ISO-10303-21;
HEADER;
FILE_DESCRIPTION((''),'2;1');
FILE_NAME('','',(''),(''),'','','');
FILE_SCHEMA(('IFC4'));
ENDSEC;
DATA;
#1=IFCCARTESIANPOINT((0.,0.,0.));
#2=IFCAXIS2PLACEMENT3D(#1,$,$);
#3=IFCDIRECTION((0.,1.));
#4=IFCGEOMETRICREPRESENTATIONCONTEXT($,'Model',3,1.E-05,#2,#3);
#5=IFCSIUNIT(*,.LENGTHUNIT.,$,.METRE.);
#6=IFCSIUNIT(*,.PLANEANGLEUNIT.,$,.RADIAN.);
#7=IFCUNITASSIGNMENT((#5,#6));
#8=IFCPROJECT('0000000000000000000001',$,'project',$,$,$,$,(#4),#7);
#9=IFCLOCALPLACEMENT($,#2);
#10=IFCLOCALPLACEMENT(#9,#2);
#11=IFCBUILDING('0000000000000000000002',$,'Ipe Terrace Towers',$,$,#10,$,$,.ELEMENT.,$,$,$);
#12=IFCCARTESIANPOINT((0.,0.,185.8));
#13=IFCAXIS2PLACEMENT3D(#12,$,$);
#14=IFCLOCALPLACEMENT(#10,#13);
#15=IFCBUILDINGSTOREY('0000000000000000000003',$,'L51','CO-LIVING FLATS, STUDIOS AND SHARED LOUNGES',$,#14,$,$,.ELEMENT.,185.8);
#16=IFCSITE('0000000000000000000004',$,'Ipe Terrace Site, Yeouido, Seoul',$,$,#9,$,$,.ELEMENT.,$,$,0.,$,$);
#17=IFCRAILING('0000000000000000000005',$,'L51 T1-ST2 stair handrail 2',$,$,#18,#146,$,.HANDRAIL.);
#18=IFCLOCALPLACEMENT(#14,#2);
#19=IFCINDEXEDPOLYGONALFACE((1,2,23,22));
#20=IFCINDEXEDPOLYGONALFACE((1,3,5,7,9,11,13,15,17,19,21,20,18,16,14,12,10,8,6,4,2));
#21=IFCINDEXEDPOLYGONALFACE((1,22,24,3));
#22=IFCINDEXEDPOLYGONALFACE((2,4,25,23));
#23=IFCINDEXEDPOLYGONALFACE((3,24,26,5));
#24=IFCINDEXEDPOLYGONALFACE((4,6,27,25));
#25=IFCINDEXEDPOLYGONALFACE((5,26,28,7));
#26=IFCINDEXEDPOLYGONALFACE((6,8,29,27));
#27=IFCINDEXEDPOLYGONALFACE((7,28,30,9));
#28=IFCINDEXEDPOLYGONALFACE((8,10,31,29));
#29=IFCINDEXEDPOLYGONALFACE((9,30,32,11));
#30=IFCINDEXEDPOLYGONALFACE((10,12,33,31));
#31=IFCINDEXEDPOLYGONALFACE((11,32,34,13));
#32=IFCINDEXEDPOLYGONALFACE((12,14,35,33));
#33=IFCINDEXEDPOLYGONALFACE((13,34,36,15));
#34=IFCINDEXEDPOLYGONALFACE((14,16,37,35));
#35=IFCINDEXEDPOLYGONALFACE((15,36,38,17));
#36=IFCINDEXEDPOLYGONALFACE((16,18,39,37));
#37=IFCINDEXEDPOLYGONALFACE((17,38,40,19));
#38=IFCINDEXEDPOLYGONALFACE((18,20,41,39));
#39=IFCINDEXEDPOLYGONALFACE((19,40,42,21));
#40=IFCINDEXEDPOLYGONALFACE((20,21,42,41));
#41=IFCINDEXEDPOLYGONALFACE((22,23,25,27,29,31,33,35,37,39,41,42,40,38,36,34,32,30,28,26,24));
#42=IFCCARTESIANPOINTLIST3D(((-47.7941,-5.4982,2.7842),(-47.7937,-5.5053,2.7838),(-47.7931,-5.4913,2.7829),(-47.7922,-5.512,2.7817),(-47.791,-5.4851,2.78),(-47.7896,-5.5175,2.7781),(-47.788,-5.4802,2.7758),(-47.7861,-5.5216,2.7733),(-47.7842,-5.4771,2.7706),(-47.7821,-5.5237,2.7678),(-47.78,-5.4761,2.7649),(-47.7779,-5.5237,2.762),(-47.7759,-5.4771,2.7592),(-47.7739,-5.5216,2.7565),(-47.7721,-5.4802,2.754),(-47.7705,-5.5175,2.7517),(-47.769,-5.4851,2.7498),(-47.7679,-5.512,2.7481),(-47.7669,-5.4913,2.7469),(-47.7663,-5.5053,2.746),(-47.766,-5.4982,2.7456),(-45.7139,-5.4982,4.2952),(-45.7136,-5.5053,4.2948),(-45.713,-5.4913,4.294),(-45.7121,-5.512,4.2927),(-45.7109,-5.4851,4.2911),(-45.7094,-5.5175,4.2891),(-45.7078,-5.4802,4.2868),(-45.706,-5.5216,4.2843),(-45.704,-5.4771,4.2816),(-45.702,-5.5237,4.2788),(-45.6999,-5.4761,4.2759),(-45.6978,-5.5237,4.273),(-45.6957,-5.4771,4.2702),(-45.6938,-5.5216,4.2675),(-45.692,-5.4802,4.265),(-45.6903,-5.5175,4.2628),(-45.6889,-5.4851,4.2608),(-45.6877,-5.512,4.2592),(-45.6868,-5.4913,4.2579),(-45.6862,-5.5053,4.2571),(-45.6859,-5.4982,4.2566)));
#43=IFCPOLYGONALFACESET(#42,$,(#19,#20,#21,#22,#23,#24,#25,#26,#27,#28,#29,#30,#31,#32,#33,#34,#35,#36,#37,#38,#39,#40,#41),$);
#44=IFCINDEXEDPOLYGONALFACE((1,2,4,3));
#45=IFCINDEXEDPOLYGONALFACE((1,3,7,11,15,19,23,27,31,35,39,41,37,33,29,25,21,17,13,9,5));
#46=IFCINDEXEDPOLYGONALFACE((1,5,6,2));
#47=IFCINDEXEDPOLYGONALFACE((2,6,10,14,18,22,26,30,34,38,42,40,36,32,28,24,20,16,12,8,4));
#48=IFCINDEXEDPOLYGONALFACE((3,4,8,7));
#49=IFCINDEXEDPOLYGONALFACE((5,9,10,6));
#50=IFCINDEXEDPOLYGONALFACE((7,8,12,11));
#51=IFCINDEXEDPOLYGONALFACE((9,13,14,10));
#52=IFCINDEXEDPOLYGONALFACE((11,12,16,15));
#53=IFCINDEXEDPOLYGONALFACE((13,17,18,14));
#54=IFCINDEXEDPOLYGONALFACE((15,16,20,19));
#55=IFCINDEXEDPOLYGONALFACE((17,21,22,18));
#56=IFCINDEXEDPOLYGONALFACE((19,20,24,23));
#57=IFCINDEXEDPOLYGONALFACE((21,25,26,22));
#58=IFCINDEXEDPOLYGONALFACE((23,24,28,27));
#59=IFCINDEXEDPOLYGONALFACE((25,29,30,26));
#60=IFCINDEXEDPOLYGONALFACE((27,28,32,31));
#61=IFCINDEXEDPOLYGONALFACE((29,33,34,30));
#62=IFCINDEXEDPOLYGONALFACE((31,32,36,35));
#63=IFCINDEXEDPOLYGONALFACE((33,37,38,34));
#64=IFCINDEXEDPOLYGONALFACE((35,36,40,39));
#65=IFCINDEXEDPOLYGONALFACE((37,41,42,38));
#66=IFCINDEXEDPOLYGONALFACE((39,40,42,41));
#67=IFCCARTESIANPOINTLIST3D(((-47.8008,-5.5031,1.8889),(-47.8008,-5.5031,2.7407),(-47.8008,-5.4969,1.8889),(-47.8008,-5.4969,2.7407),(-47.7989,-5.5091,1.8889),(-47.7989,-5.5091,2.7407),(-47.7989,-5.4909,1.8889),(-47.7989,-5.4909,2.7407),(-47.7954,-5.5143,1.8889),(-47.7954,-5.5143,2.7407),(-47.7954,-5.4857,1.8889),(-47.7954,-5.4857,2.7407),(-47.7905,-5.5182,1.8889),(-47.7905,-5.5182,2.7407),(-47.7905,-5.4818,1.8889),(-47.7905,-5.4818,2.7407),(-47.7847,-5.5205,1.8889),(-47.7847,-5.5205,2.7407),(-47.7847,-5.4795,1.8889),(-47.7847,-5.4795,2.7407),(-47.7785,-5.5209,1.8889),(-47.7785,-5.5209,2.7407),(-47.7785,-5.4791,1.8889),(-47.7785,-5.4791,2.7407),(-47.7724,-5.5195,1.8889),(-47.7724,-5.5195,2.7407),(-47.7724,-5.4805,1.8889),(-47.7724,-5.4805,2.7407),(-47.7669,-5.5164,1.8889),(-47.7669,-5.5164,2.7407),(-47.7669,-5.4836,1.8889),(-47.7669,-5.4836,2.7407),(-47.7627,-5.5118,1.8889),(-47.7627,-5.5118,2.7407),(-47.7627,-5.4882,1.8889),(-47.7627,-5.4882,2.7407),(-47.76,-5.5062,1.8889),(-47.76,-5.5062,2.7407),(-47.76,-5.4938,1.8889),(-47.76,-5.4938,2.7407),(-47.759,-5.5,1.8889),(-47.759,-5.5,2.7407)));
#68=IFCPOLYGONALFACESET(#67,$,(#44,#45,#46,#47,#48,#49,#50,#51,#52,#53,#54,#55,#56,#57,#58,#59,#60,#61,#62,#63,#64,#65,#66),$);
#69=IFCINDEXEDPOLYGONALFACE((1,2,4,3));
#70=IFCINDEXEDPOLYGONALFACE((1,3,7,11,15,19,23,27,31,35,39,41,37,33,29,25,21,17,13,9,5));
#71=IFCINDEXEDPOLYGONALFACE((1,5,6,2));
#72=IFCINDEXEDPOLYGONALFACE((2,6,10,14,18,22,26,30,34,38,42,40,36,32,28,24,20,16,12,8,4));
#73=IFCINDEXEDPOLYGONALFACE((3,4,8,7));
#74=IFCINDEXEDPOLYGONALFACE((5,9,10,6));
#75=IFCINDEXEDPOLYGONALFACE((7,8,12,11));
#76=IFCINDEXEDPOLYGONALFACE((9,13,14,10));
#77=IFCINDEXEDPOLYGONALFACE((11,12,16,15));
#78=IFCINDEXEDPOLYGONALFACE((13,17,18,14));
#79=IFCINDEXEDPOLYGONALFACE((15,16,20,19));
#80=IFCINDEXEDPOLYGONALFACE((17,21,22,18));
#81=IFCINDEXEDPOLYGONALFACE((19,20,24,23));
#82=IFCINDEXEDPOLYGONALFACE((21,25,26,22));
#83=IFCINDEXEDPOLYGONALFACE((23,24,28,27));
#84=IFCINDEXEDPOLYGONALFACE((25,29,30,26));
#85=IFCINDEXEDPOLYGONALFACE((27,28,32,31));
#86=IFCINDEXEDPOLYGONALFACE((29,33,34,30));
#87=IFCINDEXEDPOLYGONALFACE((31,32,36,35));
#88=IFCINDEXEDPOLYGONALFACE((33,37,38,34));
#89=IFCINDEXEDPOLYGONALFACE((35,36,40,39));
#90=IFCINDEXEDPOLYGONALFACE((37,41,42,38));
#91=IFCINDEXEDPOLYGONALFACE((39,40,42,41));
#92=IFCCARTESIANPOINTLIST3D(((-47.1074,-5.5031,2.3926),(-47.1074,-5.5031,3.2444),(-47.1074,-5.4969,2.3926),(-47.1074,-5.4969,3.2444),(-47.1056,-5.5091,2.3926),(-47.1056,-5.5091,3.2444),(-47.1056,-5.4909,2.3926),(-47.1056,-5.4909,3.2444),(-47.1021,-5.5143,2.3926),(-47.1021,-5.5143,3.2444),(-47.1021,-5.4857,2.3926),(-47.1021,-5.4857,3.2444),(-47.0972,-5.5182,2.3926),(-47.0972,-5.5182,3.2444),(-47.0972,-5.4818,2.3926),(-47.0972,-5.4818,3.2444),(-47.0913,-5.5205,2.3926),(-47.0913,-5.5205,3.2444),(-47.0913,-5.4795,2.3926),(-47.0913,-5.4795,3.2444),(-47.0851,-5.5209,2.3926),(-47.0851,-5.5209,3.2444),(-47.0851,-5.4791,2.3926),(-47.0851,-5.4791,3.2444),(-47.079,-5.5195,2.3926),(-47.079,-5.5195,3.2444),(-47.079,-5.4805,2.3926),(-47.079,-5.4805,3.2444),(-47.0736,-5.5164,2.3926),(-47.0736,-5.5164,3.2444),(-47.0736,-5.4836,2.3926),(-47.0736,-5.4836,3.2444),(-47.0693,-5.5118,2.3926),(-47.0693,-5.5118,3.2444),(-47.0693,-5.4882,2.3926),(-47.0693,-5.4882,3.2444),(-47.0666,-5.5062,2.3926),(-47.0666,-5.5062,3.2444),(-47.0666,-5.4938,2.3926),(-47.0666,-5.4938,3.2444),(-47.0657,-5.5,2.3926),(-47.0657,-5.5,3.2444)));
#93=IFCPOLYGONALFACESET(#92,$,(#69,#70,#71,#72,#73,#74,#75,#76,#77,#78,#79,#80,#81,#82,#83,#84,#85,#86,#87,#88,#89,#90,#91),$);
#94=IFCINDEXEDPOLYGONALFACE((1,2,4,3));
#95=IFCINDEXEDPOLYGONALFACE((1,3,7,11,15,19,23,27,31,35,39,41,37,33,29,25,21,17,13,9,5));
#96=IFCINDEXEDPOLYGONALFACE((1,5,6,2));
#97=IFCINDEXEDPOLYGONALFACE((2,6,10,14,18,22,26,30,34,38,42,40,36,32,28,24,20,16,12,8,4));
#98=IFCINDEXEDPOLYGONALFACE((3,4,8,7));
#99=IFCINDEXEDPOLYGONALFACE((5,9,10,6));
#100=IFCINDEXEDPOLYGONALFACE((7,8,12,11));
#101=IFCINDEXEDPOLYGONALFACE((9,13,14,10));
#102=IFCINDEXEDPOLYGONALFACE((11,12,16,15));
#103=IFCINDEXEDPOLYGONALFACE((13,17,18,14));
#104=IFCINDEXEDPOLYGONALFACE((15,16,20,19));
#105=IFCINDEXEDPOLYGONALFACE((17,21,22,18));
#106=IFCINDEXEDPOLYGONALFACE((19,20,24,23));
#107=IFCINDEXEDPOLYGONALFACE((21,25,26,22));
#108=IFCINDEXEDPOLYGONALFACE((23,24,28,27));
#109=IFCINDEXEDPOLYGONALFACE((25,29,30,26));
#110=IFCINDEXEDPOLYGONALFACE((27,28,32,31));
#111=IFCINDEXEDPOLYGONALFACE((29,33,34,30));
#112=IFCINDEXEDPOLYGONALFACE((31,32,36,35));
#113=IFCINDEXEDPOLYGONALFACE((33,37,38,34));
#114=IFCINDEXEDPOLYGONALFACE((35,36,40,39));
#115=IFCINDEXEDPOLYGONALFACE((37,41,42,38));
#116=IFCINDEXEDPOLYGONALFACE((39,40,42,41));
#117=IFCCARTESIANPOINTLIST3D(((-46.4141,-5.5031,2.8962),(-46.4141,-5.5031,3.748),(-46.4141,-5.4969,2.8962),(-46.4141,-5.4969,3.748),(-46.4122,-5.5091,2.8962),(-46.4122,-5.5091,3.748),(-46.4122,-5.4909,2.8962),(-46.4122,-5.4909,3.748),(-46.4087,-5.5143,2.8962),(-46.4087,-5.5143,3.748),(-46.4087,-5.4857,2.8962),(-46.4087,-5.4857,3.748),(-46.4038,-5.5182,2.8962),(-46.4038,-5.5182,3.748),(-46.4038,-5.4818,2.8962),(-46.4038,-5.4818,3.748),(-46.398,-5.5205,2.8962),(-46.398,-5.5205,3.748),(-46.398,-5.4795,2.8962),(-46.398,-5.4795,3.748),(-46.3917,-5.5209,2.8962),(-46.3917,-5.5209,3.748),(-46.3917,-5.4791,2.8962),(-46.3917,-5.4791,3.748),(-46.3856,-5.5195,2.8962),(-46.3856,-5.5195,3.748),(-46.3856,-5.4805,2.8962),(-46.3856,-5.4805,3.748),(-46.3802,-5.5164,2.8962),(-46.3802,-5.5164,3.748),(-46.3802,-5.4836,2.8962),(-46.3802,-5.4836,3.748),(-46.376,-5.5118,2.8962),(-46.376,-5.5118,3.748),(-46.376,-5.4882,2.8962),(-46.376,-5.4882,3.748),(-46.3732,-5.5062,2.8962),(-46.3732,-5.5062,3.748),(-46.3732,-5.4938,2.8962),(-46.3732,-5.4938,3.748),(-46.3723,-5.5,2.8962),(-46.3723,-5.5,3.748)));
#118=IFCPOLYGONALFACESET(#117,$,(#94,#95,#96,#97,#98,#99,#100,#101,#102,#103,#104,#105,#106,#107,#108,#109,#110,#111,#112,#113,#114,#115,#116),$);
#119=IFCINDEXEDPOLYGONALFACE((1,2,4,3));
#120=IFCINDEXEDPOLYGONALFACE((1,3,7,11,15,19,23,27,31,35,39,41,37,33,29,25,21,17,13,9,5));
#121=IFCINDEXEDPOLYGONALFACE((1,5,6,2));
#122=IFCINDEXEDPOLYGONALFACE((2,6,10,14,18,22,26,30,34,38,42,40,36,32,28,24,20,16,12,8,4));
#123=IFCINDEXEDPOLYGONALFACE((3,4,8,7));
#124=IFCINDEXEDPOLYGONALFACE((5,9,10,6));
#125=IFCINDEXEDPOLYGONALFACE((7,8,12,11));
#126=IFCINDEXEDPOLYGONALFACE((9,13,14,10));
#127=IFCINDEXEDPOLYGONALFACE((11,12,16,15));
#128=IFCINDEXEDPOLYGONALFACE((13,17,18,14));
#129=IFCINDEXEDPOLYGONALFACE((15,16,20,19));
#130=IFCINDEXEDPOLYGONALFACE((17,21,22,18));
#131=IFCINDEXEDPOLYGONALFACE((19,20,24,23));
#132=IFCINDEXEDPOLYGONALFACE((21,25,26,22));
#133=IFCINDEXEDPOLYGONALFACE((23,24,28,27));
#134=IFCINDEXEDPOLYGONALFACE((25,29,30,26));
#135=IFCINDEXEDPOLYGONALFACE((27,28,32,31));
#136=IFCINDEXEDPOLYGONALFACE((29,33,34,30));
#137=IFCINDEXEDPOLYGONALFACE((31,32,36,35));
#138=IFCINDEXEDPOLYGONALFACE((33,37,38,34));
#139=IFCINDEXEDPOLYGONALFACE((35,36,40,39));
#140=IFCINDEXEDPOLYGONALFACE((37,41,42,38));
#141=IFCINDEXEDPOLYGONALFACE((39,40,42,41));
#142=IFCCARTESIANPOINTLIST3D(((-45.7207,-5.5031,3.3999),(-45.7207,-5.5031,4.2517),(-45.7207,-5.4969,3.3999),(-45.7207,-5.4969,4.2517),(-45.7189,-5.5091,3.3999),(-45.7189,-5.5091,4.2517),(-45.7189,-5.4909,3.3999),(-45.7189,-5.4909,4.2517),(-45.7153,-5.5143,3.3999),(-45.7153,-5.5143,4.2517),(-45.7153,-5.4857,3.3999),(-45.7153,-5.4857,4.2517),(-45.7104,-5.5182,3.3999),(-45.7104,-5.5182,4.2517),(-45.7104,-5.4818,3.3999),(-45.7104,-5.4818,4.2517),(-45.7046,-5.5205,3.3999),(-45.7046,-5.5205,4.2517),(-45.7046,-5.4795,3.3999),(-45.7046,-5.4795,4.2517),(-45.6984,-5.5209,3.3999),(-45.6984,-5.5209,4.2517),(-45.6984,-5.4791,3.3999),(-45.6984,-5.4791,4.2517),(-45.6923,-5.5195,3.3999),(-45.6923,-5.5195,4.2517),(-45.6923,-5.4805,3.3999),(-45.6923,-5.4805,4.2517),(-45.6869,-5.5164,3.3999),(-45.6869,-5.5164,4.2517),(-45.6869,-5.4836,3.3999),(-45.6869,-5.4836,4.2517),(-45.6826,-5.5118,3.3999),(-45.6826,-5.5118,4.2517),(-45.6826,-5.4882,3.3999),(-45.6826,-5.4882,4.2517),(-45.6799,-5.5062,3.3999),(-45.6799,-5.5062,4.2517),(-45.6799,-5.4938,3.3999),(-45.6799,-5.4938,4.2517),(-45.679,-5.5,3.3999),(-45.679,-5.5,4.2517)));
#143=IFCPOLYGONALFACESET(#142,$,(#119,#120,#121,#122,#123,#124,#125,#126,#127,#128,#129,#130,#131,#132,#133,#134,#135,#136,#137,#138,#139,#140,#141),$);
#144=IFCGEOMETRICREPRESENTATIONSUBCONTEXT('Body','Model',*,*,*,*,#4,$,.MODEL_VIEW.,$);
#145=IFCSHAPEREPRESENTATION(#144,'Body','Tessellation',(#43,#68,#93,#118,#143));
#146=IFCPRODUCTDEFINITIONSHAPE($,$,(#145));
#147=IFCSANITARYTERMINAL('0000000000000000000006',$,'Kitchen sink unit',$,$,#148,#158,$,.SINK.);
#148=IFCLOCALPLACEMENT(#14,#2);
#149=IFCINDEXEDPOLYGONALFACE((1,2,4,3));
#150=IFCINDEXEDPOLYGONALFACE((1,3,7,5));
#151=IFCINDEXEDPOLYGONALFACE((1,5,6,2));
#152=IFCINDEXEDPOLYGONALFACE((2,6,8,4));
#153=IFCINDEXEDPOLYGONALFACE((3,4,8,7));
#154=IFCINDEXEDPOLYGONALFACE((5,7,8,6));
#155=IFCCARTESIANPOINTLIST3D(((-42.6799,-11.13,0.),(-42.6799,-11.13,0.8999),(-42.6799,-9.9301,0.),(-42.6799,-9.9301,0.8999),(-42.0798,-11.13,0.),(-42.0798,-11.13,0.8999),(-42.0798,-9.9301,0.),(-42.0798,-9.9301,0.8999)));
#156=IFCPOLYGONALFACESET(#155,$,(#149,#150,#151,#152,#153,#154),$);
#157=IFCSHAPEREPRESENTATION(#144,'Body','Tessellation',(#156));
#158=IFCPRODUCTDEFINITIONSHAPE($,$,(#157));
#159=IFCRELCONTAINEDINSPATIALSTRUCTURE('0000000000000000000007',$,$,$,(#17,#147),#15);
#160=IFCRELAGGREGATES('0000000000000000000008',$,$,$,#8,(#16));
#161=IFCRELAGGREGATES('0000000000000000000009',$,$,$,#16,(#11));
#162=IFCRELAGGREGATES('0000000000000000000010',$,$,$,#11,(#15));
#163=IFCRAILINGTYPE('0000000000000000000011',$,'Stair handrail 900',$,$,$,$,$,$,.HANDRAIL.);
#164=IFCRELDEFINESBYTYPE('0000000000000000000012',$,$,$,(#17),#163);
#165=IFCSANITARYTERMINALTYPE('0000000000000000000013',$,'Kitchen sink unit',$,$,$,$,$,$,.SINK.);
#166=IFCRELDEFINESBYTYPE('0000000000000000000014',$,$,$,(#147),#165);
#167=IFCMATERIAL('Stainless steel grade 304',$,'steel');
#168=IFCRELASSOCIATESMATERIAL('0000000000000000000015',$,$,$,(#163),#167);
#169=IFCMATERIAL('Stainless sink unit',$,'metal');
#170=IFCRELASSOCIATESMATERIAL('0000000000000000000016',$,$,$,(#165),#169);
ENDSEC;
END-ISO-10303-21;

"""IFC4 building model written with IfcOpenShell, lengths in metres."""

from ifc_helpers import new_model, si_unit, direction, frame, origin, origin_2d, place, context, subcontext, project, spatial, rectangle, circle, extrude, material, type_object, element, save


model = new_model("IFC4")

# Units and contexts
model_context = context("Model", 3, precision=1e-05, world=origin(), true_north=direction((0.0, 1.0)))
body_context = subcontext(model_context, "Body", "Model", "MODEL_VIEW")
ifc_project = project(units=[si_unit("LENGTHUNIT", "METRE"), si_unit("PLANEANGLEUNIT", "RADIAN")], contexts=[model_context])

# Site, building, storey
site_placement = place(None, origin())
site = spatial("IfcSite", under=ifc_project, at=site_placement, Name="Ipe Terrace Site, Yeouido, Seoul", CompositionType="ELEMENT", RefElevation=0.0)
building_placement = place(site_placement, origin())
building = spatial("IfcBuilding", under=site, at=building_placement, Name="Ipe Terrace Towers", CompositionType="ELEMENT")
storey_placement = place(building_placement, frame((0.0, 0.0, 185.8)))
storey = spatial("IfcBuildingStorey", under=building, at=storey_placement, Name="L51", Description="CO-LIVING FLATS, STUDIOS AND SHARED LOUNGES", CompositionType="ELEMENT", Elevation=185.8)

# Railing
ifc_material_1 = material(Name="Stainless steel grade 304", Category="steel")
railing_type_1 = type_object("IfcRailingType", Name="Stair handrail 900", PredefinedType="HANDRAIL", material=ifc_material_1)
railing_1_placement = place(storey_placement, frame((-47.78, -5.5, 1.8889)))
element("IfcRailing", 1, at=railing_1_placement, inside=storey, type_object=railing_type_1, Name="L51 T1-ST2 stair handrail 2", PredefinedType="HANDRAIL", context=body_context, shape_type="SweptSolid", body=[
    extrude(circle(Radius=0.0239, at=origin_2d()), frame((0.0, 0.0, 0.876), z_axis=(0.809069, 0.0, 0.587714), x_axis=(0.0, 1.0, 0.0)), (0.0, 0.0, 1.0), 2.571),
    extrude(circle(Radius=0.021, at=origin_2d()), origin(), (0.0, 0.0, 1.0), 0.8518),
    extrude(circle(Radius=0.021, at=origin_2d()), frame((0.6934, 0.0, 0.5037)), (0.0, 0.0, 1.0), 0.8518),
    extrude(circle(Radius=0.021, at=origin_2d()), frame((1.3867, 0.0, 1.0073)), (0.0, 0.0, 1.0), 0.8518),
    extrude(circle(Radius=0.021, at=origin_2d()), frame((2.0801, 0.0, 1.511)), (0.0, 0.0, 1.0), 0.8518),
])

# Sanitary terminal
ifc_material_2 = material(Name="Stainless sink unit", Category="metal")
sanitary_terminal_type = type_object("IfcSanitaryTerminalType", Name="Kitchen sink unit", PredefinedType="SINK", material=ifc_material_2)
sanitary_terminal_placement = place(storey_placement, frame((-42.3799, -10.53, 0.0), z_axis=(0.0, 0.0, 1.0), x_axis=(0.0, 1.0, 0.0)))
element("IfcSanitaryTerminal", 2, at=sanitary_terminal_placement, inside=storey, type_object=sanitary_terminal_type, Name="Kitchen sink unit", PredefinedType="SINK", context=body_context, shape_type="SweptSolid", body=[
    extrude(rectangle(XDim=1.2, YDim=0.6001, at=origin_2d()), origin(), (0.0, 0.0, 1.0), 0.8999),
])

save(model, "model.ifc")
